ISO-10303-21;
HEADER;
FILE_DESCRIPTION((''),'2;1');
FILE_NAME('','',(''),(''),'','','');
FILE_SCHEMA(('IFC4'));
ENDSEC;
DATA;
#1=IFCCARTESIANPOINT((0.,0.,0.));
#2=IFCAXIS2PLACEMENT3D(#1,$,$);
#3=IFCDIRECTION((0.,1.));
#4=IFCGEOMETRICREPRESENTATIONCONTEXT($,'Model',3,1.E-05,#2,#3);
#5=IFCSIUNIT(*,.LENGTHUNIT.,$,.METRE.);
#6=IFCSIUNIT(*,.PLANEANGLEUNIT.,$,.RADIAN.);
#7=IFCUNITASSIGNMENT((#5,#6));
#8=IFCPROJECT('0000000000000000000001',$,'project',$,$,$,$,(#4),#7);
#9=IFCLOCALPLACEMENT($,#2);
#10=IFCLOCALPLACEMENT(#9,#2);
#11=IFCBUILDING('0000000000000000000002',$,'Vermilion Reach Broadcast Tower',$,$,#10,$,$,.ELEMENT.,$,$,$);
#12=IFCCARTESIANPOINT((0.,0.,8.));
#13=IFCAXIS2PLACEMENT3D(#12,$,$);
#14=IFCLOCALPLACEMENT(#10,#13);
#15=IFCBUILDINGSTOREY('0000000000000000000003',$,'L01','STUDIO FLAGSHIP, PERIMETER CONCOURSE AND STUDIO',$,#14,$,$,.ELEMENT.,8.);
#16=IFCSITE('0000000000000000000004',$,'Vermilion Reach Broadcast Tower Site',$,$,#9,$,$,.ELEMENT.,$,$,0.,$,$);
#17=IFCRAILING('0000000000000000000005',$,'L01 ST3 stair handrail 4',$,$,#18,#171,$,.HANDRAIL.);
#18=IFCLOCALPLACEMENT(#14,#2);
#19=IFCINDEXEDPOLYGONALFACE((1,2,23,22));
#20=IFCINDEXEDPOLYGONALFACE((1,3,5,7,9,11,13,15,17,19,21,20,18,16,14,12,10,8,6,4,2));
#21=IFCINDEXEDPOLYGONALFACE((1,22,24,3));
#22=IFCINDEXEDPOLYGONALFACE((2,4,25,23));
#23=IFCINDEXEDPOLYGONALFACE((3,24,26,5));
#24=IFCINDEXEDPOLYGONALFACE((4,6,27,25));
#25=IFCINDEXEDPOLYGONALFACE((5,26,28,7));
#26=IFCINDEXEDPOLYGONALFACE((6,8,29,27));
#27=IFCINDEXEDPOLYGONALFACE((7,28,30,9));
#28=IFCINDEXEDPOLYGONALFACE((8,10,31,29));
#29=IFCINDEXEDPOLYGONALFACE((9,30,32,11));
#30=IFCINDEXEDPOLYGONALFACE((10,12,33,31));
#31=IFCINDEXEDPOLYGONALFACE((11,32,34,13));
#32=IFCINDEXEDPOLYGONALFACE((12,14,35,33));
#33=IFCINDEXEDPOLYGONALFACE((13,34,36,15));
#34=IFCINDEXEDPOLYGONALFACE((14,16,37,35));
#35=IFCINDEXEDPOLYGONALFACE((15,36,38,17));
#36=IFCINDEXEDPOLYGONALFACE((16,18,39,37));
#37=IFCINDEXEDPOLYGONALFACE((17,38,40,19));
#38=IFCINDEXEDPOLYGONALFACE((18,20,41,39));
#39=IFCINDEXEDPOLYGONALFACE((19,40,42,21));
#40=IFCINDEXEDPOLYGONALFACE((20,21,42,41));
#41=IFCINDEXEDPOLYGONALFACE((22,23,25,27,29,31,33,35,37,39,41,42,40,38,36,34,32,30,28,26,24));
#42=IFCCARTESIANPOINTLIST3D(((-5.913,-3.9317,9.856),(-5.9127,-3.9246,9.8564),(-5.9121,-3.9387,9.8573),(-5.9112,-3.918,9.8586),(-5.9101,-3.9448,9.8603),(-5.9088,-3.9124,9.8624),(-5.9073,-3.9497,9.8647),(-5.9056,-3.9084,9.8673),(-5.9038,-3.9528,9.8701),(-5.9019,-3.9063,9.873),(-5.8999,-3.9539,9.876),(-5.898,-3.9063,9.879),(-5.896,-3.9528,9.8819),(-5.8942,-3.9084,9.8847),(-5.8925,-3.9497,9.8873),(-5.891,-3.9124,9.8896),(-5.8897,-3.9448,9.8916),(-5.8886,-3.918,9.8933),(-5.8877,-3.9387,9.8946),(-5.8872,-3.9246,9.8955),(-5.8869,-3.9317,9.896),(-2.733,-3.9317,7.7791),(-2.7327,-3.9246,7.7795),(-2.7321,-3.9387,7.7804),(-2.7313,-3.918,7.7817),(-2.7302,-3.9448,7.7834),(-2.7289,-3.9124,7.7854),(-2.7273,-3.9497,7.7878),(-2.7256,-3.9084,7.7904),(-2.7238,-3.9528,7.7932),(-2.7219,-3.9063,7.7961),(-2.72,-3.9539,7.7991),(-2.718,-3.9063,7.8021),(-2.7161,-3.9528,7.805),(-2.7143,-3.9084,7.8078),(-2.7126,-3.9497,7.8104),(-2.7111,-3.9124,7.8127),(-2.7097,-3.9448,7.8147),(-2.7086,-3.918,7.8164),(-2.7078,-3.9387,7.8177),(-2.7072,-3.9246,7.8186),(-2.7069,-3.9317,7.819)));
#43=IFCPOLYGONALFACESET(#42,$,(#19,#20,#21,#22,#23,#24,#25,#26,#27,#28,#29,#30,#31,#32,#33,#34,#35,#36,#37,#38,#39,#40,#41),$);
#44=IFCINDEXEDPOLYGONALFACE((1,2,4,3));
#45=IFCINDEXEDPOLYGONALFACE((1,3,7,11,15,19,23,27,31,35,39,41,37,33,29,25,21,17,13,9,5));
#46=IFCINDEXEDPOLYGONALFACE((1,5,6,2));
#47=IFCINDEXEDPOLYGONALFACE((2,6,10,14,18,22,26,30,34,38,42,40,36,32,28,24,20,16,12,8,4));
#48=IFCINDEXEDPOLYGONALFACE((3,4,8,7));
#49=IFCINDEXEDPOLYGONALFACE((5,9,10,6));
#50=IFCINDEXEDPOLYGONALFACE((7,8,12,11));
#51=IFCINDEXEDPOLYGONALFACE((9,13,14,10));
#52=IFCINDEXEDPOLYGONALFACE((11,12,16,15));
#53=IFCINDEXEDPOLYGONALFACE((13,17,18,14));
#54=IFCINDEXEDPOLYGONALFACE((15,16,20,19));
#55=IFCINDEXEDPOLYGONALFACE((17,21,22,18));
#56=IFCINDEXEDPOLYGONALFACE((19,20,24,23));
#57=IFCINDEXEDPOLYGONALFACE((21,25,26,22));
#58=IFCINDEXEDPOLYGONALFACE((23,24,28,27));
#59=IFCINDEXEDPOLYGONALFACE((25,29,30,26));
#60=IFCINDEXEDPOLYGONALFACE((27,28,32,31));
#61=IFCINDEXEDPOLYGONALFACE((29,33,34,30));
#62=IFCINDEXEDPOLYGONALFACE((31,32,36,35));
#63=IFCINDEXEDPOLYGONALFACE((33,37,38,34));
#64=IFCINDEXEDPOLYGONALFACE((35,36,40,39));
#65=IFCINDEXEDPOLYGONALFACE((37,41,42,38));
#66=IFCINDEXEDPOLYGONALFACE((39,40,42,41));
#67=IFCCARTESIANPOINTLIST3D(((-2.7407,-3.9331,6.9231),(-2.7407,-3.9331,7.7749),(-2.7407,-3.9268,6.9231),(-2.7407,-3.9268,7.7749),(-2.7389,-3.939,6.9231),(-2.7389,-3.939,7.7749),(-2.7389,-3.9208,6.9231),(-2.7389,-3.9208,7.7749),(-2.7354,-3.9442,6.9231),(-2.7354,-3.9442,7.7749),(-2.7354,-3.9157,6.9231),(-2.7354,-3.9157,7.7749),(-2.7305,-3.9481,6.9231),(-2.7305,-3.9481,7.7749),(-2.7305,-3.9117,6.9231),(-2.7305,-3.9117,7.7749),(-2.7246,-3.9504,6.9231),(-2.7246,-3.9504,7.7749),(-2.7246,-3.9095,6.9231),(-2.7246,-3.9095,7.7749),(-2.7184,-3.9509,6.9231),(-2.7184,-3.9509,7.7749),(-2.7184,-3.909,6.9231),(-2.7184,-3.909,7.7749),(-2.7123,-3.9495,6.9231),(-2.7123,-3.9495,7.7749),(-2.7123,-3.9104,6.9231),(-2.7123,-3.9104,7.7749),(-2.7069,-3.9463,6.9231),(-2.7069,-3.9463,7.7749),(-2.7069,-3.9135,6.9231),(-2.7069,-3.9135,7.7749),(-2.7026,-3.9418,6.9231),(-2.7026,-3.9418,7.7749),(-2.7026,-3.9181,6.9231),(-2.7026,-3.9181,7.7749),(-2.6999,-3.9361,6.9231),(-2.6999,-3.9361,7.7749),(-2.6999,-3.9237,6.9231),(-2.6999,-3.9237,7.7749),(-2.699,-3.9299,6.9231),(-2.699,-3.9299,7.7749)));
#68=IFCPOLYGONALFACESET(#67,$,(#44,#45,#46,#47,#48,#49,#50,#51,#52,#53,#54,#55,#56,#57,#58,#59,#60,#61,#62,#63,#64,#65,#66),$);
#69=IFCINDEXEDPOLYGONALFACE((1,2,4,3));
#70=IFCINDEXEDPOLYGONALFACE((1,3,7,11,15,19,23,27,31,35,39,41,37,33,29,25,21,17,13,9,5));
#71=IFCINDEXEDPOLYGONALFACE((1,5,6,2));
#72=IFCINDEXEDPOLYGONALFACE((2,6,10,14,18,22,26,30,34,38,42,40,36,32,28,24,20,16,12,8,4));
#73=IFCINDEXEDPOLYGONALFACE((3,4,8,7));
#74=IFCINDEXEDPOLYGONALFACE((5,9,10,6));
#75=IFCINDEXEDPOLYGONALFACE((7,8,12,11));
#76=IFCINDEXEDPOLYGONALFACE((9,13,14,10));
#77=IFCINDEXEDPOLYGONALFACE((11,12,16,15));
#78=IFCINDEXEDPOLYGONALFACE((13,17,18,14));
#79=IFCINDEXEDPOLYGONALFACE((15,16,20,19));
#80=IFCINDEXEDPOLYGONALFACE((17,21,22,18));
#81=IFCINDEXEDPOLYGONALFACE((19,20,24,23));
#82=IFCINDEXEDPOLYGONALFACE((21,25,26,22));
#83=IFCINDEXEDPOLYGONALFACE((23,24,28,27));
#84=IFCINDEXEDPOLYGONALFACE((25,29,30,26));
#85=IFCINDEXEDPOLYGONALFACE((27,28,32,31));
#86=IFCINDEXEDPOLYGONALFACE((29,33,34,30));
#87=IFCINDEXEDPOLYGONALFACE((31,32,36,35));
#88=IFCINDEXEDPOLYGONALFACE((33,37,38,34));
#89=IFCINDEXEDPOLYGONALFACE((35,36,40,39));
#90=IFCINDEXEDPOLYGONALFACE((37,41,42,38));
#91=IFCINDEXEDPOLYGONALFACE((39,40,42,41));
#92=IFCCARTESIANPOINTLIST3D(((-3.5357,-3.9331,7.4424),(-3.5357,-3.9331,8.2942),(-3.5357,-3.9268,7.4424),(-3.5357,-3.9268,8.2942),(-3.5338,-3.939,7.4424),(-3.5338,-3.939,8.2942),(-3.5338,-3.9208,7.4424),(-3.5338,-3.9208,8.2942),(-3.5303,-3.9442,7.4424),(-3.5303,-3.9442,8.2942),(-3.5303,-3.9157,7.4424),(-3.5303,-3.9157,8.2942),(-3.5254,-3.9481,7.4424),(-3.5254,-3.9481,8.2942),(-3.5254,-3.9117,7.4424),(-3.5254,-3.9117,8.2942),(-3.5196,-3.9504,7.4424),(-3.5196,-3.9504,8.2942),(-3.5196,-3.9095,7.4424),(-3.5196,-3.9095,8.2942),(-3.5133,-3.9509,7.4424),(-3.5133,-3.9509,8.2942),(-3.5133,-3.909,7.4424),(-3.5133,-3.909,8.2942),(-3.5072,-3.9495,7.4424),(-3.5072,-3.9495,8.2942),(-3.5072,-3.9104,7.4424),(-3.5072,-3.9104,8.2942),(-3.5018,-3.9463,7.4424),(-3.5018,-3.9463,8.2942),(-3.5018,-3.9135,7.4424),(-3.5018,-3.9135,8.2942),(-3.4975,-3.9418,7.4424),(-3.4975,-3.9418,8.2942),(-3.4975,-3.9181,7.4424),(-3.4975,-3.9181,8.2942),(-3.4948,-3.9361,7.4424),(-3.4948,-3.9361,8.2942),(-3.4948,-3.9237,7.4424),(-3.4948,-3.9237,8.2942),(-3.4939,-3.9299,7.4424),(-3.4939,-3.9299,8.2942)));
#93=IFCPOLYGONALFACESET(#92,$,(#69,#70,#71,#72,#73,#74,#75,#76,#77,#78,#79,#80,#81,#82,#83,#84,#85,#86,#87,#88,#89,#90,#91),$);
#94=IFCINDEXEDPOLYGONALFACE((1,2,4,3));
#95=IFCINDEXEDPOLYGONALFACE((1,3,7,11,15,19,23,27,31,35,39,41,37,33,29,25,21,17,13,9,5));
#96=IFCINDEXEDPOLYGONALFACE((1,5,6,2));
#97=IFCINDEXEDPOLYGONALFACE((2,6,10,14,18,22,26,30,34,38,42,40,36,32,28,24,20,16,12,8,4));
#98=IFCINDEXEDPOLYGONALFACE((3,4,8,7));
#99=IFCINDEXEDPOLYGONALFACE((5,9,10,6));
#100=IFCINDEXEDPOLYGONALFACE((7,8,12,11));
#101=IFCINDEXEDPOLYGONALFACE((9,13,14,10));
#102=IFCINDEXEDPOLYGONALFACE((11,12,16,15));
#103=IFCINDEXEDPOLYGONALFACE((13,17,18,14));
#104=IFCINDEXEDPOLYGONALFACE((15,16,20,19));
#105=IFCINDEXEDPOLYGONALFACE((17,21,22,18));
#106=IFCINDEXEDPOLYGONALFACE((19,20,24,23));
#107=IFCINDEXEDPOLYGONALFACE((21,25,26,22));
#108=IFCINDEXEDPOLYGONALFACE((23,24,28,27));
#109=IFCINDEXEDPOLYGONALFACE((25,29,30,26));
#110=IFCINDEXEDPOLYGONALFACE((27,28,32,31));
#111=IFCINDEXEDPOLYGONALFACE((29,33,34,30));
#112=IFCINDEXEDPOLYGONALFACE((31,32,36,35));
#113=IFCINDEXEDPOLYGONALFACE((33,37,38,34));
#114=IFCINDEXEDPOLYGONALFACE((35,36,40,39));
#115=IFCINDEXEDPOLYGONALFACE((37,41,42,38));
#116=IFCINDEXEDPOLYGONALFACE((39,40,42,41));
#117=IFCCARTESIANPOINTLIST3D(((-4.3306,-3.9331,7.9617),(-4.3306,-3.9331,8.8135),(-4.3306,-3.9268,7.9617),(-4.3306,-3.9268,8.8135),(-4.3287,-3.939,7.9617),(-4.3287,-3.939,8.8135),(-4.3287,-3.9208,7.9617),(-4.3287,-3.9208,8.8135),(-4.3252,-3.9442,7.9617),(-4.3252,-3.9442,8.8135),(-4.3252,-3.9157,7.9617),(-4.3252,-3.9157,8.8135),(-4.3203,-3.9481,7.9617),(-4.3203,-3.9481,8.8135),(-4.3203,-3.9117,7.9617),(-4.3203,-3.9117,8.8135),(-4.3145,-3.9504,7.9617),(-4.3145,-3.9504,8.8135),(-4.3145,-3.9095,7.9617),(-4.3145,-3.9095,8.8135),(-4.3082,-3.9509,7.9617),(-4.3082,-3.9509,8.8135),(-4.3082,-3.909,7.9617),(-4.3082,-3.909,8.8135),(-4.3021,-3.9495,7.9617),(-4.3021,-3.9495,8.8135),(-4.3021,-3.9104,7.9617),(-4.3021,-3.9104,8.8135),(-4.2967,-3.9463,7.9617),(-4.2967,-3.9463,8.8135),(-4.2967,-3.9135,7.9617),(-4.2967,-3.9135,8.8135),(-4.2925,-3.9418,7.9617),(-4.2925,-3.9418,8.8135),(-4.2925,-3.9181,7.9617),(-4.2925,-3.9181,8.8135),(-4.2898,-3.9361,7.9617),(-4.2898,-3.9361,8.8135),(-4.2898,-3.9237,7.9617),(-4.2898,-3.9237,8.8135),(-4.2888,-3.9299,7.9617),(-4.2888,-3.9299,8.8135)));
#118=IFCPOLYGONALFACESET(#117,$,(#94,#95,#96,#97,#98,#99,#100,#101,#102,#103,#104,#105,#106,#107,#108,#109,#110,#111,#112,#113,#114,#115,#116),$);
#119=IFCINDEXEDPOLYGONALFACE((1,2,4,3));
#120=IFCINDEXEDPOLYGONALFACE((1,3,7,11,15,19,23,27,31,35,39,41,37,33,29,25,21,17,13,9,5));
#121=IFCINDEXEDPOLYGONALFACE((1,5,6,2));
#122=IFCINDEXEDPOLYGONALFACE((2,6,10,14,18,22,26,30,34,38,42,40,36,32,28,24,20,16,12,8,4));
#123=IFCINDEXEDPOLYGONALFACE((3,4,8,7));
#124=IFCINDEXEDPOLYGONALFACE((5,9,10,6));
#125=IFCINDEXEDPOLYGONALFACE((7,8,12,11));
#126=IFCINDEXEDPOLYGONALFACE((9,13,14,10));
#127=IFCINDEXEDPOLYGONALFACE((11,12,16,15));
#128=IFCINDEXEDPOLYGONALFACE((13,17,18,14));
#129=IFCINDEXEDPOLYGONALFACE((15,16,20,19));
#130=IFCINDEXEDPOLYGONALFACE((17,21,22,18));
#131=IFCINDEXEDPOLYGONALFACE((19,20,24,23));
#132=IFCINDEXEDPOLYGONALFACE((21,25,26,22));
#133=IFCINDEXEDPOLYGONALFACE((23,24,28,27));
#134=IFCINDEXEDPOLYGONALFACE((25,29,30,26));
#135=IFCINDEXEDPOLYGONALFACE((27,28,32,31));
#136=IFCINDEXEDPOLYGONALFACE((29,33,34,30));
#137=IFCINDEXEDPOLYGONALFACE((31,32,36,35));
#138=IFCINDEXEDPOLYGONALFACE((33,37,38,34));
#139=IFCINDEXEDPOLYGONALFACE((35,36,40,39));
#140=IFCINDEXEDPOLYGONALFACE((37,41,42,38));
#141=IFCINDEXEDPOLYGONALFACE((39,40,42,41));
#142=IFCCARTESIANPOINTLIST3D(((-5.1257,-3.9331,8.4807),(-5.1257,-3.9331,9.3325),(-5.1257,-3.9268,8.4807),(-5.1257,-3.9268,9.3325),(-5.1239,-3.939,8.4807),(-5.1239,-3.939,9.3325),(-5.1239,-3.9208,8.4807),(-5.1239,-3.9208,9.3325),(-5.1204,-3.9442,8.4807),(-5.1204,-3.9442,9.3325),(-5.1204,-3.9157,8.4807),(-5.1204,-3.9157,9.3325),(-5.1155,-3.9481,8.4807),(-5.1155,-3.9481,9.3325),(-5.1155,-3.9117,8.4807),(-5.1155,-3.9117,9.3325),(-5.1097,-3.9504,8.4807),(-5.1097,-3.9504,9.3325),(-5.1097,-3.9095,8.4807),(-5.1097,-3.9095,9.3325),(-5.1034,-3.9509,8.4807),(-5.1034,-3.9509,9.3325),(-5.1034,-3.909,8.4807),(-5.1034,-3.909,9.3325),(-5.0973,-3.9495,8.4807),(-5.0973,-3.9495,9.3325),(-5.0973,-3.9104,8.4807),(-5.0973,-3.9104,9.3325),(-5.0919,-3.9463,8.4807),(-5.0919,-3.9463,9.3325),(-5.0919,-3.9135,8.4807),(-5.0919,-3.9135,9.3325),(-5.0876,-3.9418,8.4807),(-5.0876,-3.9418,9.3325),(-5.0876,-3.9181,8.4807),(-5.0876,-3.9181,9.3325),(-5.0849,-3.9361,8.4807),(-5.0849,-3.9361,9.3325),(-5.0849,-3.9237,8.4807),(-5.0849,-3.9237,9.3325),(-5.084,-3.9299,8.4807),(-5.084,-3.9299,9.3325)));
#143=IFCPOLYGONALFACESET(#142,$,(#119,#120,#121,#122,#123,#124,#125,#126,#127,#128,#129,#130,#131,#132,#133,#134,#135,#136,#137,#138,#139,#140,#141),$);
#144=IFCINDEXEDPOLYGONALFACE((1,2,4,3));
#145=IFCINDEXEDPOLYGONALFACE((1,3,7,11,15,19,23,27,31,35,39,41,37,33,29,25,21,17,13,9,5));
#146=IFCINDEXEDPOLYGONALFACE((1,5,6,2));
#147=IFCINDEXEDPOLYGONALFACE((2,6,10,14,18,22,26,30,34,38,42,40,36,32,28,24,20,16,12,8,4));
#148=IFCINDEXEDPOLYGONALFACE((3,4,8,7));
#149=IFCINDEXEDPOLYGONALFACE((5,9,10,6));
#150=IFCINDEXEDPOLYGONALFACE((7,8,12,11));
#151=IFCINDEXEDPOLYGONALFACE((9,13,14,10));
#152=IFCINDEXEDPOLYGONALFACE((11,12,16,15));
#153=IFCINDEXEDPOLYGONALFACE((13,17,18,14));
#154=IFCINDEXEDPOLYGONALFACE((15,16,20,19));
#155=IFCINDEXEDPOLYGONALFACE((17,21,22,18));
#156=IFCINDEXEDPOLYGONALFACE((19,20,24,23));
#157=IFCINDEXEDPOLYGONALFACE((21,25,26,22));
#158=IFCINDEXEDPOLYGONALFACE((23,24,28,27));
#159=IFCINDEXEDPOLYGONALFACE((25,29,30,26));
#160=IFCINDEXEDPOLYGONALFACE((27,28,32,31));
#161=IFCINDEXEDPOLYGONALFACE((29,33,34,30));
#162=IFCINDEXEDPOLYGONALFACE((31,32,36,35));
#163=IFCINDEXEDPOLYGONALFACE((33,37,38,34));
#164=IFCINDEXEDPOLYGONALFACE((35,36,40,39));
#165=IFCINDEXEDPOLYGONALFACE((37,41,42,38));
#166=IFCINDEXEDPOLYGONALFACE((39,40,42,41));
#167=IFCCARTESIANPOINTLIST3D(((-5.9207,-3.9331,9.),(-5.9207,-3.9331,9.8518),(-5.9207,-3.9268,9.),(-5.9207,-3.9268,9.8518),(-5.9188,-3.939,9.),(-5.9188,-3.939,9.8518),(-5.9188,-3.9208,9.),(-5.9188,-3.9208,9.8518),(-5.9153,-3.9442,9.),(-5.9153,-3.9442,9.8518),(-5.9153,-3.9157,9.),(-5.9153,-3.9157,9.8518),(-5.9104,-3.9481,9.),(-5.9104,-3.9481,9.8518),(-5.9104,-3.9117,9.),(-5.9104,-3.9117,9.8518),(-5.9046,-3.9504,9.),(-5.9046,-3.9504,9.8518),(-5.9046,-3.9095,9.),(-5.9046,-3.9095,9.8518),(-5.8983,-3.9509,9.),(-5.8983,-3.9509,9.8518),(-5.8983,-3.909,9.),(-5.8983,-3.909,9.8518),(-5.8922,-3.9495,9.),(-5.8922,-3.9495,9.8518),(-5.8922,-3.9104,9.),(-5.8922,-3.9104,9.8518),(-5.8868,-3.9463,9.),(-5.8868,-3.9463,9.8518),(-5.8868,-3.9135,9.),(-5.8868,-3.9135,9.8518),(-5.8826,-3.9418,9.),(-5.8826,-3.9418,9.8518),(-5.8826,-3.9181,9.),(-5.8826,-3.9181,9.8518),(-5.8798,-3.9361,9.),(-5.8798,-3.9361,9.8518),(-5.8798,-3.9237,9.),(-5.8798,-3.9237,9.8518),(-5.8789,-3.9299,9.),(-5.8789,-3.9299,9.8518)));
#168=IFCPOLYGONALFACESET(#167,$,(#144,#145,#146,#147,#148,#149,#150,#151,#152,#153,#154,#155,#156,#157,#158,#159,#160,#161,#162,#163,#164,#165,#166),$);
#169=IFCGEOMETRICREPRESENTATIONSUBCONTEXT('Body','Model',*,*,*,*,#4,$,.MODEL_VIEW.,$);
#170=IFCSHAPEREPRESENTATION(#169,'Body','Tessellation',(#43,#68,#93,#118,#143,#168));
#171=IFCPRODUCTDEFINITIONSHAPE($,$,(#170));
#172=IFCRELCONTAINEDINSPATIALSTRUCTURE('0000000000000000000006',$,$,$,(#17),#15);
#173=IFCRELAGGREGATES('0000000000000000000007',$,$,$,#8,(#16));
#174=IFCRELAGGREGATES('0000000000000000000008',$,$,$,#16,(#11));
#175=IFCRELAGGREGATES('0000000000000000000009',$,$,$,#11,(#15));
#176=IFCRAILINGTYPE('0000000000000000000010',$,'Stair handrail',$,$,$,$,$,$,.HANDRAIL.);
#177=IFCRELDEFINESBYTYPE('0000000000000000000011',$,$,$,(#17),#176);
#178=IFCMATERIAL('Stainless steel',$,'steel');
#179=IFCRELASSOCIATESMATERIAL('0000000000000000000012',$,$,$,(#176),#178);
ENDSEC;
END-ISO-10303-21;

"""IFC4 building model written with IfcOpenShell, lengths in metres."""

from ifc_helpers import new_model, si_unit, direction, frame, origin, origin_2d, place, context, subcontext, project, spatial, circle, extrude, material, type_object, element, save


model = new_model("IFC4")

# Units and contexts
model_context = context("Model", 3, precision=1e-05, world=origin(), true_north=direction((0.0, 1.0)))
body_context = subcontext(model_context, "Body", "Model", "MODEL_VIEW")
ifc_project = project(units=[si_unit("LENGTHUNIT", "METRE"), si_unit("PLANEANGLEUNIT", "RADIAN")], contexts=[model_context])

# Site, building, storey
site_placement = place(None, origin())
site = spatial("IfcSite", under=ifc_project, at=site_placement, Name="Vermilion Reach Broadcast Tower Site", CompositionType="ELEMENT", RefElevation=0.0)
building_placement = place(site_placement, origin())
building = spatial("IfcBuilding", under=site, at=building_placement, Name="Vermilion Reach Broadcast Tower", CompositionType="ELEMENT")
storey_placement = place(building_placement, frame((0.0, 0.0, 8.0)))
storey = spatial("IfcBuildingStorey", under=building, at=storey_placement, Name="L01", Description="STUDIO FLAGSHIP, PERIMETER CONCOURSE AND STUDIO", CompositionType="ELEMENT", Elevation=8.0)

# Railing
ifc_material_1 = material(Name="Stainless steel", Category="steel")
railing_type_1 = type_object("IfcRailingType", Name="Stair handrail", PredefinedType="HANDRAIL", material=ifc_material_1)
railing_1_placement = place(storey_placement, frame((-2.72, -3.9299, 6.9231)))
element("IfcRailing", 1, at=railing_1_placement, inside=storey, type_object=railing_type_1, Name="L01 ST3 stair handrail 4", PredefinedType="HANDRAIL", context=body_context, shape_type="SweptSolid", body=[
    extrude(circle(Radius=0.0239, at=origin_2d()), frame((0.0, 0.0, 0.876), z_axis=(-0.837245, 0.0, 0.546828), x_axis=(0.0, -1.0, 0.0)), (0.0, 0.0, 1.0), 3.7981),
    extrude(circle(Radius=0.021, at=origin_2d()), origin(), (0.0, 0.0, 1.0), 0.8518),
    extrude(circle(Radius=0.021, at=origin_2d()), frame((-0.7949, 0.0, 0.5193)), (0.0, 0.0, 1.0), 0.8518),
    extrude(circle(Radius=0.021, at=origin_2d()), frame((-1.5898, 0.0, 1.0386)), (0.0, 0.0, 1.0), 0.8518),
    extrude(circle(Radius=0.021, at=origin_2d()), frame((-2.385, 0.0, 1.5576)), (0.0, 0.0, 1.0), 0.8518),
    extrude(circle(Radius=0.021, at=origin_2d()), frame((-3.1799, 0.0, 2.0769)), (0.0, 0.0, 1.0), 0.8518),
])

save(model, "model.ifc")
